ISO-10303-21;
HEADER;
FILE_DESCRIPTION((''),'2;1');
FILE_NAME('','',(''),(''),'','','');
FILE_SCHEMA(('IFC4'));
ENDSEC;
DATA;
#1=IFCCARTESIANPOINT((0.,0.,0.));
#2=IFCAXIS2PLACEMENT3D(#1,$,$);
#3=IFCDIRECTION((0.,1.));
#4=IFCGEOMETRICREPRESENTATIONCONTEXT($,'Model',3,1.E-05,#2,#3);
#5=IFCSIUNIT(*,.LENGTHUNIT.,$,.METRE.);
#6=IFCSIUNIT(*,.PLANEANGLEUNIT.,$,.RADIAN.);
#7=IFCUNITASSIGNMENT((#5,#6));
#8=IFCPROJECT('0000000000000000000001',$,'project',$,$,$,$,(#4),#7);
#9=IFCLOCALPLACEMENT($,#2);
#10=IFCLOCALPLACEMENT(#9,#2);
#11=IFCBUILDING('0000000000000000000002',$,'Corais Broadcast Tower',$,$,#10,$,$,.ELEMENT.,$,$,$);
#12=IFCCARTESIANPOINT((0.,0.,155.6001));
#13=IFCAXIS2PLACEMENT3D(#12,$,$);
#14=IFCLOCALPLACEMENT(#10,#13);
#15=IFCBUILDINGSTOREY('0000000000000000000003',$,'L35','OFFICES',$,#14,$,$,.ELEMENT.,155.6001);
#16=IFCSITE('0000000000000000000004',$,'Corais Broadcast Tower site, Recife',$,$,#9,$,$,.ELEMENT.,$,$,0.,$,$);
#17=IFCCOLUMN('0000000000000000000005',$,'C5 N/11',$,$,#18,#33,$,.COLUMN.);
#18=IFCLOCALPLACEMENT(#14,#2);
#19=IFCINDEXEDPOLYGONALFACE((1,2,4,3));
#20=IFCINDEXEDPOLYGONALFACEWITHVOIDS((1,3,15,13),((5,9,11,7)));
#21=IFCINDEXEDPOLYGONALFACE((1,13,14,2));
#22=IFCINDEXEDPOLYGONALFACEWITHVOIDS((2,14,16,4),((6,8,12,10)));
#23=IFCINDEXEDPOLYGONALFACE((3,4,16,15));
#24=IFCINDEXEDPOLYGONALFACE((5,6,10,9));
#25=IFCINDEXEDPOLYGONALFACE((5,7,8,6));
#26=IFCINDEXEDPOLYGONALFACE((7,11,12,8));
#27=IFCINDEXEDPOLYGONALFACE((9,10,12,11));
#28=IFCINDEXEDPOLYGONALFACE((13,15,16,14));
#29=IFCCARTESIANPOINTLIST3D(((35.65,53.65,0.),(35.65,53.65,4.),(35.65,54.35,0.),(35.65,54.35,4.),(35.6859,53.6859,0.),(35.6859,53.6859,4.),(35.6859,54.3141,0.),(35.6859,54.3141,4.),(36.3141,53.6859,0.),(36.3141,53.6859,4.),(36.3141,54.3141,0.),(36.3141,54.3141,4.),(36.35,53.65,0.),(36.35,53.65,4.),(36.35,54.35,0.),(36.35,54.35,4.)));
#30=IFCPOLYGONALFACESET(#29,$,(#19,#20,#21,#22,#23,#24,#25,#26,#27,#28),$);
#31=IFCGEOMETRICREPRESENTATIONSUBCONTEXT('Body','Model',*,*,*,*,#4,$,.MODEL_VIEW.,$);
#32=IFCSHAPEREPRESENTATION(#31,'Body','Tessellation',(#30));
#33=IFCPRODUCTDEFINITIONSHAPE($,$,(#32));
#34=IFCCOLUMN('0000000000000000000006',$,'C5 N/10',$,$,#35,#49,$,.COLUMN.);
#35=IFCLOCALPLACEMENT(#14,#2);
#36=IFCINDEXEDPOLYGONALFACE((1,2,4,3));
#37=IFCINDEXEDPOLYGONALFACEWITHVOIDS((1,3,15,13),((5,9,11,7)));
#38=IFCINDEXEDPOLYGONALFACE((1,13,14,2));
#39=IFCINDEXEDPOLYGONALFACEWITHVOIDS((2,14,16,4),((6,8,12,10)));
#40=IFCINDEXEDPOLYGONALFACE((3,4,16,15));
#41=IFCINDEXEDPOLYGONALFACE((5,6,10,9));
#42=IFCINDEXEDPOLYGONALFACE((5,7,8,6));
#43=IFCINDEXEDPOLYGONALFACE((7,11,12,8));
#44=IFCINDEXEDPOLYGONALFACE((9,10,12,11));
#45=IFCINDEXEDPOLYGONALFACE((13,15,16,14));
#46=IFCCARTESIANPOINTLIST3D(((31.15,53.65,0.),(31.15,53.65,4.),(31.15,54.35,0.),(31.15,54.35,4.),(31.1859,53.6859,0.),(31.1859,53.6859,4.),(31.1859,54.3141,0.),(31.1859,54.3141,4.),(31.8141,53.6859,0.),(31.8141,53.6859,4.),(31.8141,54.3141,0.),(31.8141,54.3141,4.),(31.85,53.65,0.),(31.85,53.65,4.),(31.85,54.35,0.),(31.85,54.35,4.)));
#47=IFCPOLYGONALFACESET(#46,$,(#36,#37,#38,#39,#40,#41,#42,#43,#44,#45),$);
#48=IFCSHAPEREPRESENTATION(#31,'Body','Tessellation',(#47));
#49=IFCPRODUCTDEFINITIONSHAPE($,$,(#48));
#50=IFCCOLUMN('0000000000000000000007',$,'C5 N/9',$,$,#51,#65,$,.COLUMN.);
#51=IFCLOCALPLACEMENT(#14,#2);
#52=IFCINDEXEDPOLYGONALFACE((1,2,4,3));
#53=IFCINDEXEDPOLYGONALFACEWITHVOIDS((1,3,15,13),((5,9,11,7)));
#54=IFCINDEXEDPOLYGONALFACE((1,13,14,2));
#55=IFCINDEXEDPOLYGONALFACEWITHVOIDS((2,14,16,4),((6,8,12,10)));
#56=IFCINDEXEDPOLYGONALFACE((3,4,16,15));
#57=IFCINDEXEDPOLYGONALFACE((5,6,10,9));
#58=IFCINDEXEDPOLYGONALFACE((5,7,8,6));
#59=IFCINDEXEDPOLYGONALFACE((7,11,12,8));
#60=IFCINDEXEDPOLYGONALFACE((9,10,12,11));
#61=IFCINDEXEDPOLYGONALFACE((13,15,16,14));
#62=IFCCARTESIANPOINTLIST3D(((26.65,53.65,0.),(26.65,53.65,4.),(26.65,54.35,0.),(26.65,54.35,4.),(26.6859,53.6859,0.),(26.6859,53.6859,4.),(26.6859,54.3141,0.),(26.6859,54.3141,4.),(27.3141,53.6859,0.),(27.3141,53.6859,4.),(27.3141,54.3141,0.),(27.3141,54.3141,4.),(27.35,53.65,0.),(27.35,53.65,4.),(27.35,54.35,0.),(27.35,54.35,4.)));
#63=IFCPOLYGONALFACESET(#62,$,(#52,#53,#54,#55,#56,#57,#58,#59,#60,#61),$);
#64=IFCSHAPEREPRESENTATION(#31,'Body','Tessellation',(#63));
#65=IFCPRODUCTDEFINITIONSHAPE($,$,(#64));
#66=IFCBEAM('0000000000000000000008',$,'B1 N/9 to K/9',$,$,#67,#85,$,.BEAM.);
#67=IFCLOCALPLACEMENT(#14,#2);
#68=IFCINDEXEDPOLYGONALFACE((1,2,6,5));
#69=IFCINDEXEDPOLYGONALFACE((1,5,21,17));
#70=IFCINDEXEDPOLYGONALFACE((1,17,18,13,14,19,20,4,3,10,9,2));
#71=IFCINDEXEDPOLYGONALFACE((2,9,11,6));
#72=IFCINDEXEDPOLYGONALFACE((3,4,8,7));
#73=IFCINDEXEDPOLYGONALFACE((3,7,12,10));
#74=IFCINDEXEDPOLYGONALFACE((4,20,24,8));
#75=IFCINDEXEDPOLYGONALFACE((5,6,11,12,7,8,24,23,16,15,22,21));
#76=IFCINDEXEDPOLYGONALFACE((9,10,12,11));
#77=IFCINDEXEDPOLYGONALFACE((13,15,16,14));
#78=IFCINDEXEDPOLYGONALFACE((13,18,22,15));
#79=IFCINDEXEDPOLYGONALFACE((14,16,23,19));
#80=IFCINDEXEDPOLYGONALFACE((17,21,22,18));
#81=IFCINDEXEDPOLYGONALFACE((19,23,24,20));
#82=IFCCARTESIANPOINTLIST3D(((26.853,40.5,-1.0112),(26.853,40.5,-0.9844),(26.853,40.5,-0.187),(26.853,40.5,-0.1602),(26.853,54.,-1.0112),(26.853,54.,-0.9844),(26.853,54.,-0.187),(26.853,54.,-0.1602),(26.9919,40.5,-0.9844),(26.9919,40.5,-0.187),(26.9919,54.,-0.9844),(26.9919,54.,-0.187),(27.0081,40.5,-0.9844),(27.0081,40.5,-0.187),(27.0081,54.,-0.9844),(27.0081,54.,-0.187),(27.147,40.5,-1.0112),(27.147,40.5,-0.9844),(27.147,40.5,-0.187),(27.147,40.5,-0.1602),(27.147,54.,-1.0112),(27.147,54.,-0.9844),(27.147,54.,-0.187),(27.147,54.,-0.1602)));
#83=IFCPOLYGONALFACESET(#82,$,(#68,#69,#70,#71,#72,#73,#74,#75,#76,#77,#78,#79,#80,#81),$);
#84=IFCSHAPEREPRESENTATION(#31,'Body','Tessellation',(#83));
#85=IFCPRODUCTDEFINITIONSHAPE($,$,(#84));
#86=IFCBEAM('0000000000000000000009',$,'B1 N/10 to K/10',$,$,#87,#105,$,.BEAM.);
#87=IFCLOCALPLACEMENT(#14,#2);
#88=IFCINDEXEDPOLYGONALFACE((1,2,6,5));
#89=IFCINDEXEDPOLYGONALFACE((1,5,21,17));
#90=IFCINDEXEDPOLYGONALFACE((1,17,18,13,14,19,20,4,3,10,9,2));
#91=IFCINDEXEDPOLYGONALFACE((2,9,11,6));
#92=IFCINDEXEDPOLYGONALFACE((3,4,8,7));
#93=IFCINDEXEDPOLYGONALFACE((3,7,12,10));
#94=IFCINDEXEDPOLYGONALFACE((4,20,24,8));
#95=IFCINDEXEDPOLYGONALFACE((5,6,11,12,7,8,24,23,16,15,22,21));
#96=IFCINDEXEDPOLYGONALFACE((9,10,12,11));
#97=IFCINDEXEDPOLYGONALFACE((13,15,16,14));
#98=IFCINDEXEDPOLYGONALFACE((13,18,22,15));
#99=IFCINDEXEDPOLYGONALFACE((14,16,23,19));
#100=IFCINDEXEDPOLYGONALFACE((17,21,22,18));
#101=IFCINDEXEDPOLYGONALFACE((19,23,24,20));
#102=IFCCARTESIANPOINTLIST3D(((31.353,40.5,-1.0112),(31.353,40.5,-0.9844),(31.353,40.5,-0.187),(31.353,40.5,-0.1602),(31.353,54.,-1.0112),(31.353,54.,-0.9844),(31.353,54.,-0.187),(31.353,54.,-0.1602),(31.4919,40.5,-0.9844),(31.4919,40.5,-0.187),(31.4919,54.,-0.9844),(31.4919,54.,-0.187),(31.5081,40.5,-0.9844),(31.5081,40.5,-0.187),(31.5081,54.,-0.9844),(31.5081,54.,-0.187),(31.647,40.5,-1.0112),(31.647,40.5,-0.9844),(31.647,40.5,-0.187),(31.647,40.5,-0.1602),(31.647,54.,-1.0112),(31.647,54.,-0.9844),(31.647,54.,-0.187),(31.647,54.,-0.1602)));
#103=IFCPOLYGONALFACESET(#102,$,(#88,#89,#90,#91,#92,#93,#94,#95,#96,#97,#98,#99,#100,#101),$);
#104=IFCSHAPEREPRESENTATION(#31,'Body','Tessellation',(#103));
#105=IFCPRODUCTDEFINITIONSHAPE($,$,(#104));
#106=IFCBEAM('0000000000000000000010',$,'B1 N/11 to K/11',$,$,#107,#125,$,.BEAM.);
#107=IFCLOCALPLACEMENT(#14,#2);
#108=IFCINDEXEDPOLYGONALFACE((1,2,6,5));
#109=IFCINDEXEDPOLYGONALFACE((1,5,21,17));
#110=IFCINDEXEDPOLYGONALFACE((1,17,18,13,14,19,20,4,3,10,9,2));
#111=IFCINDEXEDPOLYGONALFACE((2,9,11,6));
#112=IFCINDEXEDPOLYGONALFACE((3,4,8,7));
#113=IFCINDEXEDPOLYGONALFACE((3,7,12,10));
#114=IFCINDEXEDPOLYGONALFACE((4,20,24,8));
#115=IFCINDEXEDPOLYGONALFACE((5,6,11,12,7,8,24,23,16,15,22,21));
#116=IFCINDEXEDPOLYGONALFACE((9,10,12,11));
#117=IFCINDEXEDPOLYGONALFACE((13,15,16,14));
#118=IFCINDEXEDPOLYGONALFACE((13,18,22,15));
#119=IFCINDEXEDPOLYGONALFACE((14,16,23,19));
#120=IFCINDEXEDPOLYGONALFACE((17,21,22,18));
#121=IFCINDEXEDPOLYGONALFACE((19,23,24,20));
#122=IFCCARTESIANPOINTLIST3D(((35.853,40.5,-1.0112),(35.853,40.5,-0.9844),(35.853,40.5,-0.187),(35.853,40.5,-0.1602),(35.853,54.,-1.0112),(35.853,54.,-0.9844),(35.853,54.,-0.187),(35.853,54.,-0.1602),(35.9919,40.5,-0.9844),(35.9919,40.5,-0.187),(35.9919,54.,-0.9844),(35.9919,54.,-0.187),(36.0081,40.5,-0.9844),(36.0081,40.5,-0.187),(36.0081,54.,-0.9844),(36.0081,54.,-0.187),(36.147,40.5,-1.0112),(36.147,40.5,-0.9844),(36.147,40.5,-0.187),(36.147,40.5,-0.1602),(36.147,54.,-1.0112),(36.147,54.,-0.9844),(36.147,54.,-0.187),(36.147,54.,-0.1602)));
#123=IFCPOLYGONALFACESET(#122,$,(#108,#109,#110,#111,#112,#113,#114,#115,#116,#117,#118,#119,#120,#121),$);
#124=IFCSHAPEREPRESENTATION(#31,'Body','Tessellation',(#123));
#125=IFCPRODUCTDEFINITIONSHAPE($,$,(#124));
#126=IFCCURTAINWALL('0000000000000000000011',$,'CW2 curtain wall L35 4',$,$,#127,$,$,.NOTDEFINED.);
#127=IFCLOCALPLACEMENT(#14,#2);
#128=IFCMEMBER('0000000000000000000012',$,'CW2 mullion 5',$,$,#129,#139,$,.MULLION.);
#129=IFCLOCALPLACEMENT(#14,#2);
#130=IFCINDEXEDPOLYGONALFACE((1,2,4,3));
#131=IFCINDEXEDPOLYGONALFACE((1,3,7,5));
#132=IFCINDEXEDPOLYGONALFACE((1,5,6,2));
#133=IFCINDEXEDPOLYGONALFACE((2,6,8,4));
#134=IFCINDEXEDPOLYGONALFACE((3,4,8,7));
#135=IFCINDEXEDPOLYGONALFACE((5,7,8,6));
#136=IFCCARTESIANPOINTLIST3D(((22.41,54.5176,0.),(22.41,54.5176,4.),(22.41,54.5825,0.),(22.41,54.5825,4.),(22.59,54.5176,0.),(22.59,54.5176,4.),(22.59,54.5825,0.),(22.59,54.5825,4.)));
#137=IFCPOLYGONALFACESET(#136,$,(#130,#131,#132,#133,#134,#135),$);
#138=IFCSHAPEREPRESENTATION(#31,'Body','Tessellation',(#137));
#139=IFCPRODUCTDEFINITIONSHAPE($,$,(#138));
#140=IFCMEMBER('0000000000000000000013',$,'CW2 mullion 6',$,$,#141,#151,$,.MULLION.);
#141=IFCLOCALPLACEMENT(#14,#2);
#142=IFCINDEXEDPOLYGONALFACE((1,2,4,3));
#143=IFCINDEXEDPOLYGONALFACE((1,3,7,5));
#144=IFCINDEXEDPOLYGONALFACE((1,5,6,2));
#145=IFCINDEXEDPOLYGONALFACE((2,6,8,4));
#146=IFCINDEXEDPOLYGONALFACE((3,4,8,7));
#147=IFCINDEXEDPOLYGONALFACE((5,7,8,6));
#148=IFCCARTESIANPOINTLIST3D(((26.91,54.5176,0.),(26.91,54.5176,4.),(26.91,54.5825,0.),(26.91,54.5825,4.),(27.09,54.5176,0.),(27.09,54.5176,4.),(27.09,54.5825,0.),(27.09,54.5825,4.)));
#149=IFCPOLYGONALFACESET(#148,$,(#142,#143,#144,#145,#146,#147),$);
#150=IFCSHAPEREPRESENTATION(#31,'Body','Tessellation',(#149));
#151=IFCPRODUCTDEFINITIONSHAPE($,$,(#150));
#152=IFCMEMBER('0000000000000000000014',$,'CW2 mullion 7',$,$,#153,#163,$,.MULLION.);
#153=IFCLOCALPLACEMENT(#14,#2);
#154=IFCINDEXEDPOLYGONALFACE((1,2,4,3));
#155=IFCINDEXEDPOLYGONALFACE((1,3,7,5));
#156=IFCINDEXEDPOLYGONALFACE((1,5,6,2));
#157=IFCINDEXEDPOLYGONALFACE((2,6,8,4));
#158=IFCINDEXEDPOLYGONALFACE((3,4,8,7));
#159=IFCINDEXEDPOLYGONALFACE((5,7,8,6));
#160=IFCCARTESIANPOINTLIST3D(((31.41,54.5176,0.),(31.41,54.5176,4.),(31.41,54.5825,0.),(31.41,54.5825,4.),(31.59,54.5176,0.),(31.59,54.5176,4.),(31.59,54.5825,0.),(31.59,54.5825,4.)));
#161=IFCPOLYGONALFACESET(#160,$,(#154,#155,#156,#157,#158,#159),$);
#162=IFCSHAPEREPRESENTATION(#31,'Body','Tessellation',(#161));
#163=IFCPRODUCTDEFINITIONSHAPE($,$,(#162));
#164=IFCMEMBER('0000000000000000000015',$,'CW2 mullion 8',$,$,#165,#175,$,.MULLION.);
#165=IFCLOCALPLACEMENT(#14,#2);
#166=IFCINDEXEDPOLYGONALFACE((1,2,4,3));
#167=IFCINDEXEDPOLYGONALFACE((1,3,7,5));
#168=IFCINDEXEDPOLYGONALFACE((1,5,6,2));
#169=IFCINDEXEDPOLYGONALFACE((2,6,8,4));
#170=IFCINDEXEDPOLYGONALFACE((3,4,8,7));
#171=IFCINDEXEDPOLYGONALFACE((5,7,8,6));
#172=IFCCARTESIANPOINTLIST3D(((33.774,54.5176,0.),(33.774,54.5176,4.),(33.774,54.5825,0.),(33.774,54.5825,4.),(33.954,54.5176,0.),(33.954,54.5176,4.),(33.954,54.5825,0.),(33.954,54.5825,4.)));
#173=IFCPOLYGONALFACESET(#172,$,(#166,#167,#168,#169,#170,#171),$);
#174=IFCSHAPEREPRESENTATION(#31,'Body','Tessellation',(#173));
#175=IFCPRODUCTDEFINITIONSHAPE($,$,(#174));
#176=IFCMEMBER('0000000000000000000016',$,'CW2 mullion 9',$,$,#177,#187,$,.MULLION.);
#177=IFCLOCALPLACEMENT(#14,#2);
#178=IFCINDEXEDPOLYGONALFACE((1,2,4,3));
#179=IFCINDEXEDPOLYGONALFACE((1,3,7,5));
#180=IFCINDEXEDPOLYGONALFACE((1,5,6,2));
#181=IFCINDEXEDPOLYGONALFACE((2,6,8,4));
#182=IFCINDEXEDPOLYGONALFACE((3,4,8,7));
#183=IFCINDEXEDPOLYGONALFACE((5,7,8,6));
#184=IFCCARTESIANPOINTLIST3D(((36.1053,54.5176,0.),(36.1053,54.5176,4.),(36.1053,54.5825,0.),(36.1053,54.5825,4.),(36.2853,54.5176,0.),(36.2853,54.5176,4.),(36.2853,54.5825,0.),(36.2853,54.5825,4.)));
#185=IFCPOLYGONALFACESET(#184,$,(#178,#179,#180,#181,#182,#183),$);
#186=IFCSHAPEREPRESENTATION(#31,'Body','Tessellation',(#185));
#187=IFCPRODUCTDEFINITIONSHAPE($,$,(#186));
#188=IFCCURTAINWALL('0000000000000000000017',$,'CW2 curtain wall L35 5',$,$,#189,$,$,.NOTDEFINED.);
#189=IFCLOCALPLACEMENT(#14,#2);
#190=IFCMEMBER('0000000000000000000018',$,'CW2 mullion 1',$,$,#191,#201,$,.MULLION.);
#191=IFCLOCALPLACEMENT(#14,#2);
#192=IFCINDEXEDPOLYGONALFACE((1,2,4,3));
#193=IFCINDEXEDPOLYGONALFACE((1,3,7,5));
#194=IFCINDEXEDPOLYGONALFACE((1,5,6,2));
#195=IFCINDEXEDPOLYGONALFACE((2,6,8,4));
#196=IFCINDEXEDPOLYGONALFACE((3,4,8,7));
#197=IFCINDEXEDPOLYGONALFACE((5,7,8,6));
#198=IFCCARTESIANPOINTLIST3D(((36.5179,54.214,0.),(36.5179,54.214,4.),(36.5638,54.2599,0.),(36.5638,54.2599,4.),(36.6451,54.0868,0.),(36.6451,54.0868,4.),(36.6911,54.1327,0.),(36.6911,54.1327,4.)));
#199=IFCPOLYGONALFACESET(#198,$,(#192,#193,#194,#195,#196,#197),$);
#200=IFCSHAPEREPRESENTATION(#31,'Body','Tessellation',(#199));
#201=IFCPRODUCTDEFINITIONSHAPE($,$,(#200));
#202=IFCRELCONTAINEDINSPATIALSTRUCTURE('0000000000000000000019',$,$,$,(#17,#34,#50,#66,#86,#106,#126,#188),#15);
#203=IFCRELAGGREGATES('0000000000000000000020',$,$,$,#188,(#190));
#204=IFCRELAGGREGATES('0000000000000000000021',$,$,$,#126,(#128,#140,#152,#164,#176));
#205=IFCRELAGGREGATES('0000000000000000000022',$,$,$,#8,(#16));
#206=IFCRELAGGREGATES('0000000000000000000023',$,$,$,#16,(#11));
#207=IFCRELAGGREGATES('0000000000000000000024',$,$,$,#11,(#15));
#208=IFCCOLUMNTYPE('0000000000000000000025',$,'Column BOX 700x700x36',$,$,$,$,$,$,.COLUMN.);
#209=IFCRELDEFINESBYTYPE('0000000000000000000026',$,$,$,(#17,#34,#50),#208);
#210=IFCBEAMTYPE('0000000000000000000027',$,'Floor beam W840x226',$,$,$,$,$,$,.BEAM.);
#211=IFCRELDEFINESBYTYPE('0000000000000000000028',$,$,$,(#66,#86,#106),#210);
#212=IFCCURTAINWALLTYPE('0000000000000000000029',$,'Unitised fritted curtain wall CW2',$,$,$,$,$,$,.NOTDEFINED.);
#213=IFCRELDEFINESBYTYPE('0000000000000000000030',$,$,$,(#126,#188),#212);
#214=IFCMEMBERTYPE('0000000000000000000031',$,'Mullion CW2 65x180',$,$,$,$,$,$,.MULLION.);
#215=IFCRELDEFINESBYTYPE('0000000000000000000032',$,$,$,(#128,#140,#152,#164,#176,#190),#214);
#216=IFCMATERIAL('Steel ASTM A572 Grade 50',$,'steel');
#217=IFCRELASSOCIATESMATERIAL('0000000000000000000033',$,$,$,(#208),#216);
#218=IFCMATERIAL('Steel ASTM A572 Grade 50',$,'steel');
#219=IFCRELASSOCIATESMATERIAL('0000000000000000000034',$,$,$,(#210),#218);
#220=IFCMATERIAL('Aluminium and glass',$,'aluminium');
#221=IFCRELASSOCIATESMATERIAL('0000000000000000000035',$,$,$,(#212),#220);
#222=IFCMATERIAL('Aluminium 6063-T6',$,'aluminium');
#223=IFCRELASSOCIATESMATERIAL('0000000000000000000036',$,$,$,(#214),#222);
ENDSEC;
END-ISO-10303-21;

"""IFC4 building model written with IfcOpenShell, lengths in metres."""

from ifc_helpers import new_model, si_unit, direction, frame, origin, origin_2d, place, context, subcontext, project, spatial, rectangle, hollow_rectangle, i_section, extrude, material, material_profile, profile_set, type_object, element, aggregate, save


model = new_model("IFC4")

# Units and contexts
model_context = context("Model", 3, precision=1e-05, world=origin(), true_north=direction((0.0, 1.0)))
body_context = subcontext(model_context, "Body", "Model", "MODEL_VIEW")
ifc_project = project(units=[si_unit("LENGTHUNIT", "METRE"), si_unit("PLANEANGLEUNIT", "RADIAN")], contexts=[model_context])

# Site, building, storey
site_placement = place(None, origin())
site = spatial("IfcSite", under=ifc_project, at=site_placement, Name="Corais Broadcast Tower site, Recife", CompositionType="ELEMENT", RefElevation=0.0)
building_placement = place(site_placement, origin())
building = spatial("IfcBuilding", under=site, at=building_placement, Name="Corais Broadcast Tower", CompositionType="ELEMENT")
storey_placement = place(building_placement, frame((0.0, 0.0, 155.6001)))
storey = spatial("IfcBuildingStorey", under=building, at=storey_placement, Name="L35", Description="OFFICES", CompositionType="ELEMENT", Elevation=155.6001)

# Columns
ifc_material_1 = material(Name="Steel ASTM A572 Grade 50", Category="steel")
ifc_material_profile_1 = material_profile(ifc_material_1, hollow_rectangle(XDim=0.7, YDim=0.7, WallThickness=0.0359, at=origin_2d()), Name="BOX 700x700x36")
ifc_profile_set_1 = profile_set([ifc_material_profile_1], Name="Steel ASTM A572 Grade 50")
column_type = type_object("IfcColumnType", Name="Column BOX 700x700x36", PredefinedType="COLUMN", material=ifc_profile_set_1)
for number, where, z_axis, x_axis, name in (
    (1, (36.0, 54.0, 0.0), (0.0, 0.0, 1.0), (1.0, 0.0, 0.0), "C5 N/11"),
    (2, (31.5, 54.0, 0.0), (0.0, 0.0, 1.0), (1.0, 0.0, 0.0), "C5 N/10"),
    (3, (27.0, 54.0, 0.0), (0.0, 0.0, 1.0), (1.0, 0.0, 0.0), "C5 N/9"),
):
    element("IfcColumn", number, at=place(storey_placement, frame(where, z_axis=z_axis, x_axis=x_axis)), inside=storey, type_object=column_type, Name=name, PredefinedType="COLUMN", context=body_context, shape_type="SweptSolid", body=[
        extrude(hollow_rectangle(XDim=0.7, YDim=0.7, WallThickness=0.0359, at=origin_2d()), origin(), (0.0, 0.0, 1.0), 4.0),
    ])

# Beams
ifc_material_2 = material(Name="Steel ASTM A572 Grade 50", Category="steel")
ifc_material_profile_2 = material_profile(ifc_material_2, i_section(OverallWidth=0.2939, OverallDepth=0.8511, WebThickness=0.0161, FlangeThickness=0.0269, at=origin_2d()), Name="W840x226")
ifc_profile_set_2 = profile_set([ifc_material_profile_2], Name="Steel ASTM A572 Grade 50")
beam_type_1 = type_object("IfcBeamType", Name="Floor beam W840x226", PredefinedType="BEAM", material=ifc_profile_set_2)
for number, where, z_axis, x_axis, name in (
    (4, (27.0, 54.0, -0.5857), (0.0, -1.0, 0.0), (1.0, 0.0, 0.0), "B1 N/9 to K/9"),
    (5, (31.5, 54.0, -0.5857), (0.0, -1.0, 0.0), (1.0, 0.0, 0.0), "B1 N/10 to K/10"),
    (6, (36.0, 54.0, -0.5857), (0.0, -1.0, 0.0), (1.0, 0.0, 0.0), "B1 N/11 to K/11"),
):
    element("IfcBeam", number, at=place(storey_placement, frame(where, z_axis=z_axis, x_axis=x_axis)), inside=storey, type_object=beam_type_1, Name=name, PredefinedType="BEAM", context=body_context, shape_type="SweptSolid", body=[
        extrude(i_section(OverallWidth=0.2939, OverallDepth=0.8511, WebThickness=0.0161, FlangeThickness=0.0269, at=origin_2d()), origin(), (0.0, 0.0, 1.0), 13.5),
    ])

# Curtain wall, members
ifc_material_3 = material(Name="Aluminium and glass", Category="aluminium")
curtain_wall_type = type_object("IfcCurtainWallType", Name="Unitised fritted curtain wall CW2", PredefinedType="NOTDEFINED", material=ifc_material_3)
curtain_wall_1_placement = place(storey_placement, origin())
curtain_wall_1 = element("IfcCurtainWall", 7, at=curtain_wall_1_placement, inside=storey, type_object=curtain_wall_type, Name="CW2 curtain wall L35 4", PredefinedType="NOTDEFINED")
ifc_material_4 = material(Name="Aluminium 6063-T6", Category="aluminium")
ifc_material_profile_3 = material_profile(ifc_material_4, rectangle(XDim=0.0649, YDim=0.1799, at=origin_2d()), Name="Mullion CW2 65x180")
ifc_profile_set_3 = profile_set([ifc_material_profile_3], Name="Aluminium 6063-T6")
member_type_1 = type_object("IfcMemberType", Name="Mullion CW2 65x180", PredefinedType="MULLION", material=ifc_profile_set_3)
member_1_placement = place(storey_placement, frame((22.5, 54.55, 0.0), z_axis=(0.0, 0.0, 1.0), x_axis=(0.0, 1.0, 0.0)))
member_1 = element("IfcMember", 8, at=member_1_placement, type_object=member_type_1, Name="CW2 mullion 5", PredefinedType="MULLION", context=body_context, shape_type="SweptSolid", body=[
    extrude(rectangle(XDim=0.0649, YDim=0.1799, at=origin_2d()), origin(), (0.0, 0.0, 1.0), 4.0),
])
member_2_placement = place(storey_placement, frame((27.0, 54.55, 0.0), z_axis=(0.0, 0.0, 1.0), x_axis=(0.0, 1.0, 0.0)))
member_2 = element("IfcMember", 9, at=member_2_placement, type_object=member_type_1, Name="CW2 mullion 6", PredefinedType="MULLION", context=body_context, shape_type="SweptSolid", body=[
    extrude(rectangle(XDim=0.0649, YDim=0.1799, at=origin_2d()), origin(), (0.0, 0.0, 1.0), 4.0),
])
member_3_placement = place(storey_placement, frame((31.5, 54.55, 0.0), z_axis=(0.0, 0.0, 1.0), x_axis=(0.0, 1.0, 0.0)))
member_3 = element("IfcMember", 10, at=member_3_placement, type_object=member_type_1, Name="CW2 mullion 7", PredefinedType="MULLION", context=body_context, shape_type="SweptSolid", body=[
    extrude(rectangle(XDim=0.0649, YDim=0.1799, at=origin_2d()), origin(), (0.0, 0.0, 1.0), 4.0),
])
member_4_placement = place(storey_placement, frame((33.864, 54.55, 0.0), z_axis=(0.0, 0.0, 1.0), x_axis=(0.0, 1.0, 0.0)))
member_4 = element("IfcMember", 11, at=member_4_placement, type_object=member_type_1, Name="CW2 mullion 8", PredefinedType="MULLION", context=body_context, shape_type="SweptSolid", body=[
    extrude(rectangle(XDim=0.0649, YDim=0.1799, at=origin_2d()), origin(), (0.0, 0.0, 1.0), 4.0),
])
member_5_placement = place(storey_placement, frame((36.1953, 54.55, 0.0), z_axis=(0.0, 0.0, 1.0), x_axis=(0.0, 1.0, 0.0)))
member_5 = element("IfcMember", 12, at=member_5_placement, type_object=member_type_1, Name="CW2 mullion 9", PredefinedType="MULLION", context=body_context, shape_type="SweptSolid", body=[
    extrude(rectangle(XDim=0.0649, YDim=0.1799, at=origin_2d()), origin(), (0.0, 0.0, 1.0), 4.0),
])

# Curtain wall, member
curtain_wall_2_placement = place(storey_placement, origin())
curtain_wall_2 = element("IfcCurtainWall", 13, at=curtain_wall_2_placement, inside=storey, type_object=curtain_wall_type, Name="CW2 curtain wall L35 5", PredefinedType="NOTDEFINED")
member_6_placement = place(storey_placement, frame((36.6045, 54.1733, 0.0), z_axis=(0.0, 0.0, 1.0), x_axis=(0.707107, 0.707107, 0.0)))
member_6 = element("IfcMember", 14, at=member_6_placement, type_object=member_type_1, Name="CW2 mullion 1", PredefinedType="MULLION", context=body_context, shape_type="SweptSolid", body=[
    extrude(rectangle(XDim=0.0649, YDim=0.1799, at=origin_2d()), origin(), (0.0, 0.0, 1.0), 4.0),
])

aggregate(curtain_wall_2, [member_6])
aggregate(curtain_wall_1, [member_1, member_2, member_3, member_4, member_5])

save(model, "model.ifc")
